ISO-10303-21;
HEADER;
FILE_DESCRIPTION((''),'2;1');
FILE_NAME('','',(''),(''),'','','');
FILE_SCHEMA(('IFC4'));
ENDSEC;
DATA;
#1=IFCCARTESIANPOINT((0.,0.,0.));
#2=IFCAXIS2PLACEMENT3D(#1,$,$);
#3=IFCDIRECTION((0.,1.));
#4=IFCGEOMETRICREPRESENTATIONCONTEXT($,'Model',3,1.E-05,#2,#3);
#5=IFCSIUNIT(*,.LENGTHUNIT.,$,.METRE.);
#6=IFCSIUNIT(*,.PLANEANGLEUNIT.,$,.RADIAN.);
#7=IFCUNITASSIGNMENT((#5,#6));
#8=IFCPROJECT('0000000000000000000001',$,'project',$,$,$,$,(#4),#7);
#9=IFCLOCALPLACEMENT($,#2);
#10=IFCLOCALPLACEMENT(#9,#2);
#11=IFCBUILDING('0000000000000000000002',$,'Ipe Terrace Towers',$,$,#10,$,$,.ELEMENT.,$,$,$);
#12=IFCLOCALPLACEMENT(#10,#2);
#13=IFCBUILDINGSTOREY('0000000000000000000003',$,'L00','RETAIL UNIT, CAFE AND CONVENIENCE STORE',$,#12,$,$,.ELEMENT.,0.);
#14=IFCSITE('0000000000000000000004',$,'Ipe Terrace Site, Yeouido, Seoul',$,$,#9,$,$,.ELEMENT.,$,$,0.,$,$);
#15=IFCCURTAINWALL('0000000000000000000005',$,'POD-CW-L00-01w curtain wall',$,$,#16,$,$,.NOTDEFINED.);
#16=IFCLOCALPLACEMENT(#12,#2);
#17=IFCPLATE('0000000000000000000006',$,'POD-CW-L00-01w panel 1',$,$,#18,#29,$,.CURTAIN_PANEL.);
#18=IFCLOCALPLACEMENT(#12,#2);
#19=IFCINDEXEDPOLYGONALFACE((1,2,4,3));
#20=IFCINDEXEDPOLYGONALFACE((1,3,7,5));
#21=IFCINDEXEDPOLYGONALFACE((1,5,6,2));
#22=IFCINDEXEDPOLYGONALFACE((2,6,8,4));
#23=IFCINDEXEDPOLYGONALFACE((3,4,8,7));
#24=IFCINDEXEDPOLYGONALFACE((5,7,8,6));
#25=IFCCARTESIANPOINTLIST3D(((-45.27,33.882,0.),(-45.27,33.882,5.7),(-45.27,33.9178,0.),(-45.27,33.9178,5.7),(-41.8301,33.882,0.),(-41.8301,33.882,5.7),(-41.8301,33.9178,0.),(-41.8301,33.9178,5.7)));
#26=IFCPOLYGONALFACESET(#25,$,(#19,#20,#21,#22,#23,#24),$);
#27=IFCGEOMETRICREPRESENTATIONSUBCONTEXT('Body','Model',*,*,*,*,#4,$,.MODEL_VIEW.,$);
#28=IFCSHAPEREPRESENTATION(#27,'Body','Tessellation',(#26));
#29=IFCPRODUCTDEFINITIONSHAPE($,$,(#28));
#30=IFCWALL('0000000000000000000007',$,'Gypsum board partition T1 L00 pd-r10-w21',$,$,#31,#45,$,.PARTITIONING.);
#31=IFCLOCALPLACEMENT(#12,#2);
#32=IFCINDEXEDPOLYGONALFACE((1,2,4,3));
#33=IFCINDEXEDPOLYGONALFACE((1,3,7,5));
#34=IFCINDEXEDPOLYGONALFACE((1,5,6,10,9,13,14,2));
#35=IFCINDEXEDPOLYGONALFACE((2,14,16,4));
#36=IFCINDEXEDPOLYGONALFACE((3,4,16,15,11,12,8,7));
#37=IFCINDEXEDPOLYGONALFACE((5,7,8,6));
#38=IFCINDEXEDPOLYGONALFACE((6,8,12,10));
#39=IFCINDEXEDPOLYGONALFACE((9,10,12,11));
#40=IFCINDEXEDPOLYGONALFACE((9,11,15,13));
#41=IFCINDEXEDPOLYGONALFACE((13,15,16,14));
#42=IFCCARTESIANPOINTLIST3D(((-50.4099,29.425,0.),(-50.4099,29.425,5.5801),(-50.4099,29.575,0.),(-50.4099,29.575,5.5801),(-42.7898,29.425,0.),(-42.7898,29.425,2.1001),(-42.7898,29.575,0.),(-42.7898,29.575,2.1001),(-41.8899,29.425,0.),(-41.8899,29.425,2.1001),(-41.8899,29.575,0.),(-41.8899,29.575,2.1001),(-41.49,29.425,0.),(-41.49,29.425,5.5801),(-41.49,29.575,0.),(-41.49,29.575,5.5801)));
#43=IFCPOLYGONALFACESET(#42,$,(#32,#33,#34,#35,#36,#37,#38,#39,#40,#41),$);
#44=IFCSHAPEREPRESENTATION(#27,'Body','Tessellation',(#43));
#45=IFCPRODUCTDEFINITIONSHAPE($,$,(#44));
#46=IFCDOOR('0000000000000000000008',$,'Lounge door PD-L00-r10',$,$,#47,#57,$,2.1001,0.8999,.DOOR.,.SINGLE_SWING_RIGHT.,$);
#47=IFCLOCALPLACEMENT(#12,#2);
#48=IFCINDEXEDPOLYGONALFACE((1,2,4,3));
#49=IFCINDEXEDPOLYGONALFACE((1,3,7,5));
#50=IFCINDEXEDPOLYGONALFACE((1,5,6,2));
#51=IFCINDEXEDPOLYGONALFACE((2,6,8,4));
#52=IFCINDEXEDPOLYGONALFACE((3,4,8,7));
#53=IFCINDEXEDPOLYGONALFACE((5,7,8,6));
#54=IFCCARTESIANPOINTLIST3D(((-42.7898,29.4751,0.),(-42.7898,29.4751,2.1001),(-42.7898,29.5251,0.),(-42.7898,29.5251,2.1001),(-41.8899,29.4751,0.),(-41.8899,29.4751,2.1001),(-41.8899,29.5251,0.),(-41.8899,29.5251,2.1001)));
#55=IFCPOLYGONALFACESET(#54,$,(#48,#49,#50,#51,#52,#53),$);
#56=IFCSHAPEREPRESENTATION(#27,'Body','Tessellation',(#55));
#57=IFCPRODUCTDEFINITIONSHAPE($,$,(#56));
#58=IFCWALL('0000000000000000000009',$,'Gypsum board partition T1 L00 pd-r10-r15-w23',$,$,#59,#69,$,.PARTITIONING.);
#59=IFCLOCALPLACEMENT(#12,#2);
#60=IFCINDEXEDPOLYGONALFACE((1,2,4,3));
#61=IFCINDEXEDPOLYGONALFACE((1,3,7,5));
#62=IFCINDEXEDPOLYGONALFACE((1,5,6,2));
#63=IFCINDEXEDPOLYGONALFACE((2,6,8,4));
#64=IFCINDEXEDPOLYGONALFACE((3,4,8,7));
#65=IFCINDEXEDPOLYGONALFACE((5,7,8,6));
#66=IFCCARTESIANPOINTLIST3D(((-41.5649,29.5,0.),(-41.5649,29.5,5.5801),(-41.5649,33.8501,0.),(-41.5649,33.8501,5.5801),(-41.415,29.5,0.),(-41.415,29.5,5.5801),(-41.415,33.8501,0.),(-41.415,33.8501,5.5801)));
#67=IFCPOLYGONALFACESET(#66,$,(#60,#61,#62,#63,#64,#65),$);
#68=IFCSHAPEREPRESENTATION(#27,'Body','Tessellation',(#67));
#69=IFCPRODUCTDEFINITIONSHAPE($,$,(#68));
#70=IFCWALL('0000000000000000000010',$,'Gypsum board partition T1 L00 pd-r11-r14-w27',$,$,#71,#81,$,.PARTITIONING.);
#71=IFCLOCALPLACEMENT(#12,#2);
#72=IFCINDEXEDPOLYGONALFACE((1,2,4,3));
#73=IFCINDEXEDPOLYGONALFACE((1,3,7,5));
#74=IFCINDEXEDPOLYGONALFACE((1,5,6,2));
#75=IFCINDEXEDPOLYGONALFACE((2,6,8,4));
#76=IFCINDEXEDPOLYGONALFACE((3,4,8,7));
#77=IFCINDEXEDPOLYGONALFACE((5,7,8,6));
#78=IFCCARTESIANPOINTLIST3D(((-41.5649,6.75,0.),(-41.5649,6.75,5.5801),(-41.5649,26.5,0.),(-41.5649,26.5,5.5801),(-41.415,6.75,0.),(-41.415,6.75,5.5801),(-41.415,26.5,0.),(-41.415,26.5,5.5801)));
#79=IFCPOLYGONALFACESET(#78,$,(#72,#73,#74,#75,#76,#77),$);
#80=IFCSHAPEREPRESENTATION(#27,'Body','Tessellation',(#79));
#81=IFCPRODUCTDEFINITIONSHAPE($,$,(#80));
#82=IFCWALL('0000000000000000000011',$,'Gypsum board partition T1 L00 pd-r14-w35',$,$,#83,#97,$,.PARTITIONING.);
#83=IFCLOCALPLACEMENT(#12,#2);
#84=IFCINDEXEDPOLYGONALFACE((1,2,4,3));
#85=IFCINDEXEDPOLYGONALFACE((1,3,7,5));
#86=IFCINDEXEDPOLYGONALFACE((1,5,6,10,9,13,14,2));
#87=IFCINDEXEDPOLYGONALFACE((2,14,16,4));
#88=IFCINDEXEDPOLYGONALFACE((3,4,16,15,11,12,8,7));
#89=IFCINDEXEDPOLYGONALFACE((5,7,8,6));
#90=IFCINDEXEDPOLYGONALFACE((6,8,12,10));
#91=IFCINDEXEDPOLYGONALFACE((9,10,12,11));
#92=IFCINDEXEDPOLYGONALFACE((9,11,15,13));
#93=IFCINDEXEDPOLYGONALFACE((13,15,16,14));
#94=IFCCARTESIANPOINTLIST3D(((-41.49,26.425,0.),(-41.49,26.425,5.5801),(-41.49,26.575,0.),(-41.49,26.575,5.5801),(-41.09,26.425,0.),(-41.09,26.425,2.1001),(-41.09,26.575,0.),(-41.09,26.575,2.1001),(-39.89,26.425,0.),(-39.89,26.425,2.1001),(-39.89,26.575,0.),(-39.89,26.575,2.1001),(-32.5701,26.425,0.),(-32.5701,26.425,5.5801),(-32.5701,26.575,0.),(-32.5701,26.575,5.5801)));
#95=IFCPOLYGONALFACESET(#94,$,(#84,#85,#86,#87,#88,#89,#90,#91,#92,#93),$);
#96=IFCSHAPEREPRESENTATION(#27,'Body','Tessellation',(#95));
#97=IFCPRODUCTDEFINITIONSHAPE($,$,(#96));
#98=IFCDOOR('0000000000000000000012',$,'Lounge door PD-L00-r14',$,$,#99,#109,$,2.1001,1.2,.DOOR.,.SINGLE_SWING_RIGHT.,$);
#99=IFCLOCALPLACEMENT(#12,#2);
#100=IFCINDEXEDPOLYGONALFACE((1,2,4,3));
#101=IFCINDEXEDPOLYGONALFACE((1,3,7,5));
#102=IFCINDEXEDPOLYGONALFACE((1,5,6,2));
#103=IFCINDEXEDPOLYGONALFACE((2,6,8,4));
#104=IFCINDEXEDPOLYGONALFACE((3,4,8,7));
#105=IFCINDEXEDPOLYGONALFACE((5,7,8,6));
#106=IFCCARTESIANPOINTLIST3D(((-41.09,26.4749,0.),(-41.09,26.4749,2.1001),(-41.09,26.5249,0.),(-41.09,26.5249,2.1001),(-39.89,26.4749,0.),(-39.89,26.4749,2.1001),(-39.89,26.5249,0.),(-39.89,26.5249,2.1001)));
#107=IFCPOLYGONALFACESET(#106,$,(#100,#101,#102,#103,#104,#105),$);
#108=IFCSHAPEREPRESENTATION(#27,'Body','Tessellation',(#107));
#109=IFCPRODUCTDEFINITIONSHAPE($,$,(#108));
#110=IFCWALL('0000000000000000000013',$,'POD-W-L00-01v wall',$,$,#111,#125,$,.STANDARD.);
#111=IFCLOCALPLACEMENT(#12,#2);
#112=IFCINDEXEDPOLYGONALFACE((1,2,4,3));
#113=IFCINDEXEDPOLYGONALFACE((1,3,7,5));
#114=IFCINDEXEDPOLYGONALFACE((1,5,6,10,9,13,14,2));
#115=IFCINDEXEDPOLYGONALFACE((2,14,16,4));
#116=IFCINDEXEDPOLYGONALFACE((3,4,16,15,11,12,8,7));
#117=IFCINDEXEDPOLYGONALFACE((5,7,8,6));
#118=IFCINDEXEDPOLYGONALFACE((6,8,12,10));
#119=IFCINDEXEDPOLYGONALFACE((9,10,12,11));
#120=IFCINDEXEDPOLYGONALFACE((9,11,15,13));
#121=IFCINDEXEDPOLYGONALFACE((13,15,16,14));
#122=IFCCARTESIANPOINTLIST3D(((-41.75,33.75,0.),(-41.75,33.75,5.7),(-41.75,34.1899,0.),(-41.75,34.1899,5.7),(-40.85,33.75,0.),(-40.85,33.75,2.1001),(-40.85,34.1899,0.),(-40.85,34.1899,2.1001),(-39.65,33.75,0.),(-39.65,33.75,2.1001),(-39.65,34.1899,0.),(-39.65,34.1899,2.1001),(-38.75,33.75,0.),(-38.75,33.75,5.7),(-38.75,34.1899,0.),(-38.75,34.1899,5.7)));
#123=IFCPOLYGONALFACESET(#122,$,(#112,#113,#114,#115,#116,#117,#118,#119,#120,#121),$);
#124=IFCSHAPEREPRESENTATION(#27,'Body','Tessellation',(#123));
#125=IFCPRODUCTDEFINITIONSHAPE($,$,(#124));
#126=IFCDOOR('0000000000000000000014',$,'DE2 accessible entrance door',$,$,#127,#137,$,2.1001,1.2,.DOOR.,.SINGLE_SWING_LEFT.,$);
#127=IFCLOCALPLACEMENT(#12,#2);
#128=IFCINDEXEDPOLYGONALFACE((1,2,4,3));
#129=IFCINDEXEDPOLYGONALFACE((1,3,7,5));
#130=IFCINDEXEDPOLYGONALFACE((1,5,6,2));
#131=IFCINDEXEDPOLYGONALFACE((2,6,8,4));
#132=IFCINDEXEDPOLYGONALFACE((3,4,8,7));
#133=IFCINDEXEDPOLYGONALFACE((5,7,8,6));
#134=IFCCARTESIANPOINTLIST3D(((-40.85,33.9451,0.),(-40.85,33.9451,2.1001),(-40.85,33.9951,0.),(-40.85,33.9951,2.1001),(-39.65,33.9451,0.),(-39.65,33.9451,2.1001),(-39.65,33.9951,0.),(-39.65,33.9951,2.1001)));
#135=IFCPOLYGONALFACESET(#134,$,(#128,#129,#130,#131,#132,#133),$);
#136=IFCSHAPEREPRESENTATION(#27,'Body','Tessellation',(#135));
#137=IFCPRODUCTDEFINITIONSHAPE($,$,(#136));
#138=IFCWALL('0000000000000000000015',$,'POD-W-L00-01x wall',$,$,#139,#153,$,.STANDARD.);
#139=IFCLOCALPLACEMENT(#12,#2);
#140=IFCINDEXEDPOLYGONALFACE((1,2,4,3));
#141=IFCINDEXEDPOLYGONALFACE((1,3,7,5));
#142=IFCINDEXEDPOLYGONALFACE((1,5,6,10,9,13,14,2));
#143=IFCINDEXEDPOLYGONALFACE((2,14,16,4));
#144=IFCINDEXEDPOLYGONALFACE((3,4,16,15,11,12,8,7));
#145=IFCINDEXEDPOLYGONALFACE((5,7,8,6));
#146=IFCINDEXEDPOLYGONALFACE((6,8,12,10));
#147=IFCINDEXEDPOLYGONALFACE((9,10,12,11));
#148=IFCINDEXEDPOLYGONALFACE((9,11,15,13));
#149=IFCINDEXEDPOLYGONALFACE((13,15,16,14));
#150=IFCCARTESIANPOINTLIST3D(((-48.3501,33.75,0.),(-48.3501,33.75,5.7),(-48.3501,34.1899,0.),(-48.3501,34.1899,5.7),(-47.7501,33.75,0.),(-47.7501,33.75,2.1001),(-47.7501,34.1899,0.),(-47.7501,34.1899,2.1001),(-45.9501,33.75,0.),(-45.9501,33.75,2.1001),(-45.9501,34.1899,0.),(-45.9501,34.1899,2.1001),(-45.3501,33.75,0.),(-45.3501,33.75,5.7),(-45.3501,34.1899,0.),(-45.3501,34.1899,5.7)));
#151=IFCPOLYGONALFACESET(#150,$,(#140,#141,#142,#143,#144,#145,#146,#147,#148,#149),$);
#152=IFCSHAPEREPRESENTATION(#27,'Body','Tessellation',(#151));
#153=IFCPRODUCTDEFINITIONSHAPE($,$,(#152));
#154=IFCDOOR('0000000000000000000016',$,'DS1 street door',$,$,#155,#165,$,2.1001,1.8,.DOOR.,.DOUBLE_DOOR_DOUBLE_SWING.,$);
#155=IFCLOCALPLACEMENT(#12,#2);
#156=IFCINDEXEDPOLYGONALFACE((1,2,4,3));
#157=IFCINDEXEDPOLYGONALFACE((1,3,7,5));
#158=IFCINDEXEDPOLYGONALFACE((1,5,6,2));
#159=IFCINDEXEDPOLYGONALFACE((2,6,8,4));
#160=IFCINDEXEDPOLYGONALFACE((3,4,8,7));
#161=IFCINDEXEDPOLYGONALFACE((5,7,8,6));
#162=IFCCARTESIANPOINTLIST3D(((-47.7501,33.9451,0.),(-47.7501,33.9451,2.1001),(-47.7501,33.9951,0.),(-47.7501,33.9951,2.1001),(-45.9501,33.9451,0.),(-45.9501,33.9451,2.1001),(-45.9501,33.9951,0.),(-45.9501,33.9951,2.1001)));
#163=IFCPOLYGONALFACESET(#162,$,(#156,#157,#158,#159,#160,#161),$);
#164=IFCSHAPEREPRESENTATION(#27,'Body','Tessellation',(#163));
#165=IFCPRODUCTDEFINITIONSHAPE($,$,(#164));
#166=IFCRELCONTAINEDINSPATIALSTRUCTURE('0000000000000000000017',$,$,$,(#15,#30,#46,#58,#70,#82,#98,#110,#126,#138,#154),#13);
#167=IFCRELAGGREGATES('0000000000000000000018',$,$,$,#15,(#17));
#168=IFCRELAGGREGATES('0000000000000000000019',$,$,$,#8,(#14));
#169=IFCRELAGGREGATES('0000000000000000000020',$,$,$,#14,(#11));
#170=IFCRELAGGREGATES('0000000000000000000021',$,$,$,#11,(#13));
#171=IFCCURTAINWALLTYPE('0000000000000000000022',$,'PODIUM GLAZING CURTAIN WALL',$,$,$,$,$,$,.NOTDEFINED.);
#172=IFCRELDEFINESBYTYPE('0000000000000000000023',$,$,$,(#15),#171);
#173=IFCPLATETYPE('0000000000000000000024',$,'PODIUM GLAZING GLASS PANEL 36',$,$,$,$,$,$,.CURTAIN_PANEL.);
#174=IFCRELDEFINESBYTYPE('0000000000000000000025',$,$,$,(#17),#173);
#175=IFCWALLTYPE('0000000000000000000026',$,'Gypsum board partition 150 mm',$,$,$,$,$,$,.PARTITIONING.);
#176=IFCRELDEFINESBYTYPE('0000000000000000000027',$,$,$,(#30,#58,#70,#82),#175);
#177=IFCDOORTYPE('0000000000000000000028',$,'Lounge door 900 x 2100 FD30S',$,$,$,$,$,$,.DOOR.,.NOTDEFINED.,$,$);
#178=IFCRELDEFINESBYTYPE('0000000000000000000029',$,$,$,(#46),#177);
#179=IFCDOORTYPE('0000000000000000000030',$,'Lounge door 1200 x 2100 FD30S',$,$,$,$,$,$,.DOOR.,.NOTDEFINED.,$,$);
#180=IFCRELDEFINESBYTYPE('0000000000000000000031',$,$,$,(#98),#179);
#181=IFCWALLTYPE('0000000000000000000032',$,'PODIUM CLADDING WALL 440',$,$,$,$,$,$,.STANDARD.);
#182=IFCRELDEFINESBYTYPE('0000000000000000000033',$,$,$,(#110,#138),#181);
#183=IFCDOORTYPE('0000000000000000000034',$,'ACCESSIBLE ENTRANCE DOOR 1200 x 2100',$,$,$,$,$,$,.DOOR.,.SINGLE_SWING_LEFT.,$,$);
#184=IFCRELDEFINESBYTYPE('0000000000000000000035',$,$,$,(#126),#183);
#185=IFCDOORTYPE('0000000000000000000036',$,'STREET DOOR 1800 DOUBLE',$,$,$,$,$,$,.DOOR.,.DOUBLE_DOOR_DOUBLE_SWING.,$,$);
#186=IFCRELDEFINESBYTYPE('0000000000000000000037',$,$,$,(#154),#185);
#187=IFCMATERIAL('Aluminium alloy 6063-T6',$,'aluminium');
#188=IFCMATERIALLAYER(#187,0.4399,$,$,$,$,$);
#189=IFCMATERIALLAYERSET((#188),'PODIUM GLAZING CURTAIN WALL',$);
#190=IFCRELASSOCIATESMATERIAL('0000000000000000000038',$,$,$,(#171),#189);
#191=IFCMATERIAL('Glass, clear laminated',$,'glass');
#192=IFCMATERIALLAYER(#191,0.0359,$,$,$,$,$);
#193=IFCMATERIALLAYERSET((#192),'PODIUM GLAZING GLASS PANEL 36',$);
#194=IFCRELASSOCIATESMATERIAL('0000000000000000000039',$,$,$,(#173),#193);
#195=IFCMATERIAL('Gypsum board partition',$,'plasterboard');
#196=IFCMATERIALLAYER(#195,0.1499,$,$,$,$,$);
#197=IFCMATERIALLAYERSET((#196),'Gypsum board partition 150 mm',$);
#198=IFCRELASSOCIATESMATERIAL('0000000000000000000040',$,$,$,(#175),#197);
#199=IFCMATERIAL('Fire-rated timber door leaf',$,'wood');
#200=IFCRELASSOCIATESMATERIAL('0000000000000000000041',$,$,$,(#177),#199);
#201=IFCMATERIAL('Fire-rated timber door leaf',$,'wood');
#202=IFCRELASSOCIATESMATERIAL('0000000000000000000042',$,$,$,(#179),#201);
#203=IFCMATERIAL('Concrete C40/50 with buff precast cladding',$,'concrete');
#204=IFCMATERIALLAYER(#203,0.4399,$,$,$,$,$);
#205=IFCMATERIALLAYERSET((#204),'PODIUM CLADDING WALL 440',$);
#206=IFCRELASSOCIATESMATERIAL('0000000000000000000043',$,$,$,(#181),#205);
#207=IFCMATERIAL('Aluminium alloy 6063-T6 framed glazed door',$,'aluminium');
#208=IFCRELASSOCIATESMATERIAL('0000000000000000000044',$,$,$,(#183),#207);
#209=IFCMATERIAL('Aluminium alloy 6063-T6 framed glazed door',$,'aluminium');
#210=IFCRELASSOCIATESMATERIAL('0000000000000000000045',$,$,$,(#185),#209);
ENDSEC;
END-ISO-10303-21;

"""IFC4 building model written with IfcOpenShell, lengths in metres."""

from ifc_helpers import new_model, si_unit, direction, frame, frame_2d, origin, origin_2d, place, context, subcontext, project, spatial, rectangle, extrude, material, layer, layer_set, type_object, element, fill, aggregate, save


model = new_model("IFC4")

# Units and contexts
model_context = context("Model", 3, precision=1e-05, world=origin(), true_north=direction((0.0, 1.0)))
body_context = subcontext(model_context, "Body", "Model", "MODEL_VIEW")
ifc_project = project(units=[si_unit("LENGTHUNIT", "METRE"), si_unit("PLANEANGLEUNIT", "RADIAN")], contexts=[model_context])

# Site, building, storey
site_placement = place(None, origin())
site = spatial("IfcSite", under=ifc_project, at=site_placement, Name="Ipe Terrace Site, Yeouido, Seoul", CompositionType="ELEMENT", RefElevation=0.0)
building_placement = place(site_placement, origin())
building = spatial("IfcBuilding", under=site, at=building_placement, Name="Ipe Terrace Towers", CompositionType="ELEMENT")
storey_placement = place(building_placement, origin())
storey = spatial("IfcBuildingStorey", under=building, at=storey_placement, Name="L00", Description="RETAIL UNIT, CAFE AND CONVENIENCE STORE", CompositionType="ELEMENT", Elevation=0.0)

# Shared definitions
ifc_material_1 = material(Name="Aluminium alloy 6063-T6", Category="aluminium")
ifc_layer_1 = layer(ifc_material_1, 0.4399)
ifc_layer_set_1 = layer_set([ifc_layer_1], Name="PODIUM GLAZING CURTAIN WALL")
curtain_wall_type = type_object("IfcCurtainWallType", Name="PODIUM GLAZING CURTAIN WALL", PredefinedType="NOTDEFINED", material=ifc_layer_set_1)

# Curtain wall
curtain_wall_1_placement = place(storey_placement, origin())
curtain_wall_1 = element("IfcCurtainWall", 1, at=curtain_wall_1_placement, inside=storey, type_object=curtain_wall_type, Name="POD-CW-L00-01w curtain wall", PredefinedType="NOTDEFINED")

# Plate
ifc_material_2 = material(Name="Glass, clear laminated", Category="glass")
ifc_layer_2 = layer(ifc_material_2, 0.0359)
ifc_layer_set_2 = layer_set([ifc_layer_2], Name="PODIUM GLAZING GLASS PANEL 36")
plate_type = type_object("IfcPlateType", Name="PODIUM GLAZING GLASS PANEL 36", PredefinedType="CURTAIN_PANEL", material=ifc_layer_set_2)
plate_1_placement = place(storey_placement, frame((-43.55, 33.8999, 0.0), z_axis=(0.0, 0.0, 1.0), x_axis=(-1.0, 0.0, 0.0)))
plate_1 = element("IfcPlate", 2, at=plate_1_placement, type_object=plate_type, Name="POD-CW-L00-01w panel 1", PredefinedType="CURTAIN_PANEL", context=body_context, shape_type="SweptSolid", body=[
    extrude(rectangle(XDim=3.4399, YDim=0.0359, at=origin_2d()), origin(), (0.0, 0.0, 1.0), 5.7),
])
aggregate(curtain_wall_1, [plate_1])

# Wall, opening, door
ifc_material_3 = material(Name="Gypsum board partition", Category="plasterboard")
ifc_layer_3 = layer(ifc_material_3, 0.1499)
ifc_layer_set_3 = layer_set([ifc_layer_3], Name="Gypsum board partition 150 mm")
wall_type_1 = type_object("IfcWallType", Name="Gypsum board partition 150 mm", PredefinedType="PARTITIONING", material=ifc_layer_set_3)
wall_1_placement = place(storey_placement, frame((-41.49, 29.5, 0.0), z_axis=(0.0, 0.0, 1.0), x_axis=(-1.0, 0.0, 0.0)))
wall_1 = element("IfcWall", 3, at=wall_1_placement, inside=storey, type_object=wall_type_1, Name="Gypsum board partition T1 L00 pd-r10-w21", PredefinedType="PARTITIONING", context=body_context, shape_type="SweptSolid", body=[
    extrude(rectangle(XDim=8.9199, YDim=0.1499, at=frame_2d((4.46, 0.0))), origin(), (0.0, 0.0, 1.0), 5.5801),
])
opening_1_placement = place(wall_1_placement, frame((0.3999, 0.0, 0.0)))
opening_1 = element("IfcOpeningElement", 4, at=opening_1_placement, cuts=wall_1, PredefinedType="OPENING", context=body_context, shape_type="SweptSolid", body=[
    extrude(rectangle(XDim=0.8999, YDim=2.1001, at=frame_2d((0.45, 1.05))), frame((0.0, 0.085, 0.0), z_axis=(0.0, -1.0, 0.0), x_axis=(1.0, 0.0, 0.0)), (0.0, 0.0, 1.0), 0.1699),
])
ifc_material_4 = material(Name="Fire-rated timber door leaf", Category="wood")
door_type_1 = type_object("IfcDoorType", Name="Lounge door 900 x 2100 FD30S", OperationType="NOTDEFINED", PredefinedType="DOOR", material=ifc_material_4)
door_1_placement = place(opening_1_placement, origin())
door_1 = element("IfcDoor", 5, at=door_1_placement, inside=storey, type_object=door_type_1, Name="Lounge door PD-L00-r10", OperationType="SINGLE_SWING_RIGHT", OverallHeight=2.1001, OverallWidth=0.8999, PredefinedType="DOOR", context=body_context, shape_type="SweptSolid", body=[
    extrude(rectangle(XDim=0.8999, YDim=2.1001, at=frame_2d((0.45, 1.05))), frame((0.0, 0.0249, 0.0), z_axis=(0.0, -1.0, 0.0), x_axis=(1.0, 0.0, 0.0)), (0.0, 0.0, 1.0), 0.05),
])
fill(opening_1, door_1)

# Walls
wall_2_placement = place(storey_placement, frame((-41.49, 33.8501, 0.0), z_axis=(0.0, 0.0, 1.0), x_axis=(0.0, -1.0, 0.0)))
element("IfcWall", 6, at=wall_2_placement, inside=storey, type_object=wall_type_1, Name="Gypsum board partition T1 L00 pd-r10-r15-w23", PredefinedType="PARTITIONING", context=body_context, shape_type="SweptSolid", body=[
    extrude(rectangle(XDim=4.3501, YDim=0.1499, at=frame_2d((2.175, 0.0))), origin(), (0.0, 0.0, 1.0), 5.5801),
])
wall_3_placement = place(storey_placement, frame((-41.49, 26.5, 0.0), z_axis=(0.0, 0.0, 1.0), x_axis=(0.0, -1.0, 0.0)))
element("IfcWall", 7, at=wall_3_placement, inside=storey, type_object=wall_type_1, Name="Gypsum board partition T1 L00 pd-r11-r14-w27", PredefinedType="PARTITIONING", context=body_context, shape_type="SweptSolid", body=[
    extrude(rectangle(XDim=19.75, YDim=0.1499, at=frame_2d((9.875, 0.0))), origin(), (0.0, 0.0, 1.0), 5.5801),
])

# Walls, openings, doors
wall_4_placement = place(storey_placement, frame((-41.49, 26.5, 0.0), z_axis=(0.0, 0.0, 1.0), x_axis=(1.0, 0.0, 0.0)))
wall_4 = element("IfcWall", 8, at=wall_4_placement, inside=storey, type_object=wall_type_1, Name="Gypsum board partition T1 L00 pd-r14-w35", PredefinedType="PARTITIONING", context=body_context, shape_type="SweptSolid", body=[
    extrude(rectangle(XDim=8.9199, YDim=0.1499, at=frame_2d((4.46, 0.0))), origin(), (0.0, 0.0, 1.0), 5.5801),
])
opening_2_placement = place(wall_4_placement, frame((0.3999, 0.0, 0.0)))
opening_2 = element("IfcOpeningElement", 9, at=opening_2_placement, cuts=wall_4, PredefinedType="OPENING", context=body_context, shape_type="SweptSolid", body=[
    extrude(rectangle(XDim=1.2, YDim=2.1001, at=frame_2d((0.6001, 1.05))), frame((0.0, 0.085, 0.0), z_axis=(0.0, -1.0, 0.0), x_axis=(1.0, 0.0, 0.0)), (0.0, 0.0, 1.0), 0.1699),
])
ifc_material_5 = material(Name="Fire-rated timber door leaf", Category="wood")
door_type_2 = type_object("IfcDoorType", Name="Lounge door 1200 x 2100 FD30S", OperationType="NOTDEFINED", PredefinedType="DOOR", material=ifc_material_5)
door_2_placement = place(opening_2_placement, origin())
door_2 = element("IfcDoor", 10, at=door_2_placement, inside=storey, type_object=door_type_2, Name="Lounge door PD-L00-r14", OperationType="SINGLE_SWING_RIGHT", OverallHeight=2.1001, OverallWidth=1.2, PredefinedType="DOOR", context=body_context, shape_type="SweptSolid", body=[
    extrude(rectangle(XDim=1.2, YDim=2.1001, at=frame_2d((0.6001, 1.05))), frame((0.0, 0.0249, 0.0), z_axis=(0.0, -1.0, 0.0), x_axis=(1.0, 0.0, 0.0)), (0.0, 0.0, 1.0), 0.05),
])
fill(opening_2, door_2)
ifc_material_6 = material(Name="Concrete C40/50 with buff precast cladding", Category="concrete")
ifc_layer_4 = layer(ifc_material_6, 0.4399)
ifc_layer_set_4 = layer_set([ifc_layer_4], Name="PODIUM CLADDING WALL 440")
wall_type_2 = type_object("IfcWallType", Name="PODIUM CLADDING WALL 440", PredefinedType="STANDARD", material=ifc_layer_set_4)
wall_5_placement = place(storey_placement, frame((-38.75, 33.97, 0.0), z_axis=(0.0, 0.0, 1.0), x_axis=(-1.0, 0.0, 0.0)))
wall_5 = element("IfcWall", 11, at=wall_5_placement, inside=storey, type_object=wall_type_2, Name="POD-W-L00-01v wall", PredefinedType="STANDARD", context=body_context, shape_type="SweptSolid", body=[
    extrude(rectangle(XDim=3.0, YDim=0.4399, at=frame_2d((1.5, 0.0))), origin(), (0.0, 0.0, 1.0), 5.7),
])
opening_3_placement = place(wall_5_placement, frame((0.8999, 0.0, 0.0)))
opening_3 = element("IfcOpeningElement", 12, at=opening_3_placement, cuts=wall_5, PredefinedType="OPENING", context=body_context, shape_type="SweptSolid", body=[
    extrude(rectangle(XDim=1.2, YDim=2.1001, at=frame_2d((0.6001, 1.05))), frame((0.0, 0.23, 0.0), z_axis=(0.0, -1.0, 0.0), x_axis=(1.0, 0.0, 0.0)), (0.0, 0.0, 1.0), 0.46),
])
ifc_material_7 = material(Name="Aluminium alloy 6063-T6 framed glazed door", Category="aluminium")
door_type_3 = type_object("IfcDoorType", Name="ACCESSIBLE ENTRANCE DOOR 1200 x 2100", OperationType="SINGLE_SWING_LEFT", PredefinedType="DOOR", material=ifc_material_7)
door_3_placement = place(opening_3_placement, origin())
door_3 = element("IfcDoor", 13, at=door_3_placement, inside=storey, type_object=door_type_3, Name="DE2 accessible entrance door", OperationType="SINGLE_SWING_LEFT", OverallHeight=2.1001, OverallWidth=1.2, PredefinedType="DOOR", context=body_context, shape_type="SweptSolid", body=[
    extrude(rectangle(XDim=1.2, YDim=2.1001, at=frame_2d((0.6001, 1.05))), frame((0.0, 0.0249, 0.0), z_axis=(0.0, -1.0, 0.0), x_axis=(1.0, 0.0, 0.0)), (0.0, 0.0, 1.0), 0.05),
])
fill(opening_3, door_3)
wall_6_placement = place(storey_placement, frame((-45.3501, 33.97, 0.0), z_axis=(0.0, 0.0, 1.0), x_axis=(-1.0, 0.0, 0.0)))
wall_6 = element("IfcWall", 14, at=wall_6_placement, inside=storey, type_object=wall_type_2, Name="POD-W-L00-01x wall", PredefinedType="STANDARD", context=body_context, shape_type="SweptSolid", body=[
    extrude(rectangle(XDim=3.0, YDim=0.4399, at=frame_2d((1.5, 0.0))), origin(), (0.0, 0.0, 1.0), 5.7),
])
opening_4_placement = place(wall_6_placement, frame((0.6001, 0.0, 0.0)))
opening_4 = element("IfcOpeningElement", 15, at=opening_4_placement, cuts=wall_6, PredefinedType="OPENING", context=body_context, shape_type="SweptSolid", body=[
    extrude(rectangle(XDim=1.8, YDim=2.1001, at=frame_2d((0.8999, 1.05))), frame((0.0, 0.23, 0.0), z_axis=(0.0, -1.0, 0.0), x_axis=(1.0, 0.0, 0.0)), (0.0, 0.0, 1.0), 0.46),
])
ifc_material_8 = material(Name="Aluminium alloy 6063-T6 framed glazed door", Category="aluminium")
door_type_4 = type_object("IfcDoorType", Name="STREET DOOR 1800 DOUBLE", OperationType="DOUBLE_DOOR_DOUBLE_SWING", PredefinedType="DOOR", material=ifc_material_8)
door_4_placement = place(opening_4_placement, origin())
door_4 = element("IfcDoor", 16, at=door_4_placement, inside=storey, type_object=door_type_4, Name="DS1 street door", OperationType="DOUBLE_DOOR_DOUBLE_SWING", OverallHeight=2.1001, OverallWidth=1.8, PredefinedType="DOOR", context=body_context, shape_type="SweptSolid", body=[
    extrude(rectangle(XDim=1.8, YDim=2.1001, at=frame_2d((0.8999, 1.05))), frame((0.0, 0.0249, 0.0), z_axis=(0.0, -1.0, 0.0), x_axis=(1.0, 0.0, 0.0)), (0.0, 0.0, 1.0), 0.05),
])
fill(opening_4, door_4)

save(model, "model.ifc")
